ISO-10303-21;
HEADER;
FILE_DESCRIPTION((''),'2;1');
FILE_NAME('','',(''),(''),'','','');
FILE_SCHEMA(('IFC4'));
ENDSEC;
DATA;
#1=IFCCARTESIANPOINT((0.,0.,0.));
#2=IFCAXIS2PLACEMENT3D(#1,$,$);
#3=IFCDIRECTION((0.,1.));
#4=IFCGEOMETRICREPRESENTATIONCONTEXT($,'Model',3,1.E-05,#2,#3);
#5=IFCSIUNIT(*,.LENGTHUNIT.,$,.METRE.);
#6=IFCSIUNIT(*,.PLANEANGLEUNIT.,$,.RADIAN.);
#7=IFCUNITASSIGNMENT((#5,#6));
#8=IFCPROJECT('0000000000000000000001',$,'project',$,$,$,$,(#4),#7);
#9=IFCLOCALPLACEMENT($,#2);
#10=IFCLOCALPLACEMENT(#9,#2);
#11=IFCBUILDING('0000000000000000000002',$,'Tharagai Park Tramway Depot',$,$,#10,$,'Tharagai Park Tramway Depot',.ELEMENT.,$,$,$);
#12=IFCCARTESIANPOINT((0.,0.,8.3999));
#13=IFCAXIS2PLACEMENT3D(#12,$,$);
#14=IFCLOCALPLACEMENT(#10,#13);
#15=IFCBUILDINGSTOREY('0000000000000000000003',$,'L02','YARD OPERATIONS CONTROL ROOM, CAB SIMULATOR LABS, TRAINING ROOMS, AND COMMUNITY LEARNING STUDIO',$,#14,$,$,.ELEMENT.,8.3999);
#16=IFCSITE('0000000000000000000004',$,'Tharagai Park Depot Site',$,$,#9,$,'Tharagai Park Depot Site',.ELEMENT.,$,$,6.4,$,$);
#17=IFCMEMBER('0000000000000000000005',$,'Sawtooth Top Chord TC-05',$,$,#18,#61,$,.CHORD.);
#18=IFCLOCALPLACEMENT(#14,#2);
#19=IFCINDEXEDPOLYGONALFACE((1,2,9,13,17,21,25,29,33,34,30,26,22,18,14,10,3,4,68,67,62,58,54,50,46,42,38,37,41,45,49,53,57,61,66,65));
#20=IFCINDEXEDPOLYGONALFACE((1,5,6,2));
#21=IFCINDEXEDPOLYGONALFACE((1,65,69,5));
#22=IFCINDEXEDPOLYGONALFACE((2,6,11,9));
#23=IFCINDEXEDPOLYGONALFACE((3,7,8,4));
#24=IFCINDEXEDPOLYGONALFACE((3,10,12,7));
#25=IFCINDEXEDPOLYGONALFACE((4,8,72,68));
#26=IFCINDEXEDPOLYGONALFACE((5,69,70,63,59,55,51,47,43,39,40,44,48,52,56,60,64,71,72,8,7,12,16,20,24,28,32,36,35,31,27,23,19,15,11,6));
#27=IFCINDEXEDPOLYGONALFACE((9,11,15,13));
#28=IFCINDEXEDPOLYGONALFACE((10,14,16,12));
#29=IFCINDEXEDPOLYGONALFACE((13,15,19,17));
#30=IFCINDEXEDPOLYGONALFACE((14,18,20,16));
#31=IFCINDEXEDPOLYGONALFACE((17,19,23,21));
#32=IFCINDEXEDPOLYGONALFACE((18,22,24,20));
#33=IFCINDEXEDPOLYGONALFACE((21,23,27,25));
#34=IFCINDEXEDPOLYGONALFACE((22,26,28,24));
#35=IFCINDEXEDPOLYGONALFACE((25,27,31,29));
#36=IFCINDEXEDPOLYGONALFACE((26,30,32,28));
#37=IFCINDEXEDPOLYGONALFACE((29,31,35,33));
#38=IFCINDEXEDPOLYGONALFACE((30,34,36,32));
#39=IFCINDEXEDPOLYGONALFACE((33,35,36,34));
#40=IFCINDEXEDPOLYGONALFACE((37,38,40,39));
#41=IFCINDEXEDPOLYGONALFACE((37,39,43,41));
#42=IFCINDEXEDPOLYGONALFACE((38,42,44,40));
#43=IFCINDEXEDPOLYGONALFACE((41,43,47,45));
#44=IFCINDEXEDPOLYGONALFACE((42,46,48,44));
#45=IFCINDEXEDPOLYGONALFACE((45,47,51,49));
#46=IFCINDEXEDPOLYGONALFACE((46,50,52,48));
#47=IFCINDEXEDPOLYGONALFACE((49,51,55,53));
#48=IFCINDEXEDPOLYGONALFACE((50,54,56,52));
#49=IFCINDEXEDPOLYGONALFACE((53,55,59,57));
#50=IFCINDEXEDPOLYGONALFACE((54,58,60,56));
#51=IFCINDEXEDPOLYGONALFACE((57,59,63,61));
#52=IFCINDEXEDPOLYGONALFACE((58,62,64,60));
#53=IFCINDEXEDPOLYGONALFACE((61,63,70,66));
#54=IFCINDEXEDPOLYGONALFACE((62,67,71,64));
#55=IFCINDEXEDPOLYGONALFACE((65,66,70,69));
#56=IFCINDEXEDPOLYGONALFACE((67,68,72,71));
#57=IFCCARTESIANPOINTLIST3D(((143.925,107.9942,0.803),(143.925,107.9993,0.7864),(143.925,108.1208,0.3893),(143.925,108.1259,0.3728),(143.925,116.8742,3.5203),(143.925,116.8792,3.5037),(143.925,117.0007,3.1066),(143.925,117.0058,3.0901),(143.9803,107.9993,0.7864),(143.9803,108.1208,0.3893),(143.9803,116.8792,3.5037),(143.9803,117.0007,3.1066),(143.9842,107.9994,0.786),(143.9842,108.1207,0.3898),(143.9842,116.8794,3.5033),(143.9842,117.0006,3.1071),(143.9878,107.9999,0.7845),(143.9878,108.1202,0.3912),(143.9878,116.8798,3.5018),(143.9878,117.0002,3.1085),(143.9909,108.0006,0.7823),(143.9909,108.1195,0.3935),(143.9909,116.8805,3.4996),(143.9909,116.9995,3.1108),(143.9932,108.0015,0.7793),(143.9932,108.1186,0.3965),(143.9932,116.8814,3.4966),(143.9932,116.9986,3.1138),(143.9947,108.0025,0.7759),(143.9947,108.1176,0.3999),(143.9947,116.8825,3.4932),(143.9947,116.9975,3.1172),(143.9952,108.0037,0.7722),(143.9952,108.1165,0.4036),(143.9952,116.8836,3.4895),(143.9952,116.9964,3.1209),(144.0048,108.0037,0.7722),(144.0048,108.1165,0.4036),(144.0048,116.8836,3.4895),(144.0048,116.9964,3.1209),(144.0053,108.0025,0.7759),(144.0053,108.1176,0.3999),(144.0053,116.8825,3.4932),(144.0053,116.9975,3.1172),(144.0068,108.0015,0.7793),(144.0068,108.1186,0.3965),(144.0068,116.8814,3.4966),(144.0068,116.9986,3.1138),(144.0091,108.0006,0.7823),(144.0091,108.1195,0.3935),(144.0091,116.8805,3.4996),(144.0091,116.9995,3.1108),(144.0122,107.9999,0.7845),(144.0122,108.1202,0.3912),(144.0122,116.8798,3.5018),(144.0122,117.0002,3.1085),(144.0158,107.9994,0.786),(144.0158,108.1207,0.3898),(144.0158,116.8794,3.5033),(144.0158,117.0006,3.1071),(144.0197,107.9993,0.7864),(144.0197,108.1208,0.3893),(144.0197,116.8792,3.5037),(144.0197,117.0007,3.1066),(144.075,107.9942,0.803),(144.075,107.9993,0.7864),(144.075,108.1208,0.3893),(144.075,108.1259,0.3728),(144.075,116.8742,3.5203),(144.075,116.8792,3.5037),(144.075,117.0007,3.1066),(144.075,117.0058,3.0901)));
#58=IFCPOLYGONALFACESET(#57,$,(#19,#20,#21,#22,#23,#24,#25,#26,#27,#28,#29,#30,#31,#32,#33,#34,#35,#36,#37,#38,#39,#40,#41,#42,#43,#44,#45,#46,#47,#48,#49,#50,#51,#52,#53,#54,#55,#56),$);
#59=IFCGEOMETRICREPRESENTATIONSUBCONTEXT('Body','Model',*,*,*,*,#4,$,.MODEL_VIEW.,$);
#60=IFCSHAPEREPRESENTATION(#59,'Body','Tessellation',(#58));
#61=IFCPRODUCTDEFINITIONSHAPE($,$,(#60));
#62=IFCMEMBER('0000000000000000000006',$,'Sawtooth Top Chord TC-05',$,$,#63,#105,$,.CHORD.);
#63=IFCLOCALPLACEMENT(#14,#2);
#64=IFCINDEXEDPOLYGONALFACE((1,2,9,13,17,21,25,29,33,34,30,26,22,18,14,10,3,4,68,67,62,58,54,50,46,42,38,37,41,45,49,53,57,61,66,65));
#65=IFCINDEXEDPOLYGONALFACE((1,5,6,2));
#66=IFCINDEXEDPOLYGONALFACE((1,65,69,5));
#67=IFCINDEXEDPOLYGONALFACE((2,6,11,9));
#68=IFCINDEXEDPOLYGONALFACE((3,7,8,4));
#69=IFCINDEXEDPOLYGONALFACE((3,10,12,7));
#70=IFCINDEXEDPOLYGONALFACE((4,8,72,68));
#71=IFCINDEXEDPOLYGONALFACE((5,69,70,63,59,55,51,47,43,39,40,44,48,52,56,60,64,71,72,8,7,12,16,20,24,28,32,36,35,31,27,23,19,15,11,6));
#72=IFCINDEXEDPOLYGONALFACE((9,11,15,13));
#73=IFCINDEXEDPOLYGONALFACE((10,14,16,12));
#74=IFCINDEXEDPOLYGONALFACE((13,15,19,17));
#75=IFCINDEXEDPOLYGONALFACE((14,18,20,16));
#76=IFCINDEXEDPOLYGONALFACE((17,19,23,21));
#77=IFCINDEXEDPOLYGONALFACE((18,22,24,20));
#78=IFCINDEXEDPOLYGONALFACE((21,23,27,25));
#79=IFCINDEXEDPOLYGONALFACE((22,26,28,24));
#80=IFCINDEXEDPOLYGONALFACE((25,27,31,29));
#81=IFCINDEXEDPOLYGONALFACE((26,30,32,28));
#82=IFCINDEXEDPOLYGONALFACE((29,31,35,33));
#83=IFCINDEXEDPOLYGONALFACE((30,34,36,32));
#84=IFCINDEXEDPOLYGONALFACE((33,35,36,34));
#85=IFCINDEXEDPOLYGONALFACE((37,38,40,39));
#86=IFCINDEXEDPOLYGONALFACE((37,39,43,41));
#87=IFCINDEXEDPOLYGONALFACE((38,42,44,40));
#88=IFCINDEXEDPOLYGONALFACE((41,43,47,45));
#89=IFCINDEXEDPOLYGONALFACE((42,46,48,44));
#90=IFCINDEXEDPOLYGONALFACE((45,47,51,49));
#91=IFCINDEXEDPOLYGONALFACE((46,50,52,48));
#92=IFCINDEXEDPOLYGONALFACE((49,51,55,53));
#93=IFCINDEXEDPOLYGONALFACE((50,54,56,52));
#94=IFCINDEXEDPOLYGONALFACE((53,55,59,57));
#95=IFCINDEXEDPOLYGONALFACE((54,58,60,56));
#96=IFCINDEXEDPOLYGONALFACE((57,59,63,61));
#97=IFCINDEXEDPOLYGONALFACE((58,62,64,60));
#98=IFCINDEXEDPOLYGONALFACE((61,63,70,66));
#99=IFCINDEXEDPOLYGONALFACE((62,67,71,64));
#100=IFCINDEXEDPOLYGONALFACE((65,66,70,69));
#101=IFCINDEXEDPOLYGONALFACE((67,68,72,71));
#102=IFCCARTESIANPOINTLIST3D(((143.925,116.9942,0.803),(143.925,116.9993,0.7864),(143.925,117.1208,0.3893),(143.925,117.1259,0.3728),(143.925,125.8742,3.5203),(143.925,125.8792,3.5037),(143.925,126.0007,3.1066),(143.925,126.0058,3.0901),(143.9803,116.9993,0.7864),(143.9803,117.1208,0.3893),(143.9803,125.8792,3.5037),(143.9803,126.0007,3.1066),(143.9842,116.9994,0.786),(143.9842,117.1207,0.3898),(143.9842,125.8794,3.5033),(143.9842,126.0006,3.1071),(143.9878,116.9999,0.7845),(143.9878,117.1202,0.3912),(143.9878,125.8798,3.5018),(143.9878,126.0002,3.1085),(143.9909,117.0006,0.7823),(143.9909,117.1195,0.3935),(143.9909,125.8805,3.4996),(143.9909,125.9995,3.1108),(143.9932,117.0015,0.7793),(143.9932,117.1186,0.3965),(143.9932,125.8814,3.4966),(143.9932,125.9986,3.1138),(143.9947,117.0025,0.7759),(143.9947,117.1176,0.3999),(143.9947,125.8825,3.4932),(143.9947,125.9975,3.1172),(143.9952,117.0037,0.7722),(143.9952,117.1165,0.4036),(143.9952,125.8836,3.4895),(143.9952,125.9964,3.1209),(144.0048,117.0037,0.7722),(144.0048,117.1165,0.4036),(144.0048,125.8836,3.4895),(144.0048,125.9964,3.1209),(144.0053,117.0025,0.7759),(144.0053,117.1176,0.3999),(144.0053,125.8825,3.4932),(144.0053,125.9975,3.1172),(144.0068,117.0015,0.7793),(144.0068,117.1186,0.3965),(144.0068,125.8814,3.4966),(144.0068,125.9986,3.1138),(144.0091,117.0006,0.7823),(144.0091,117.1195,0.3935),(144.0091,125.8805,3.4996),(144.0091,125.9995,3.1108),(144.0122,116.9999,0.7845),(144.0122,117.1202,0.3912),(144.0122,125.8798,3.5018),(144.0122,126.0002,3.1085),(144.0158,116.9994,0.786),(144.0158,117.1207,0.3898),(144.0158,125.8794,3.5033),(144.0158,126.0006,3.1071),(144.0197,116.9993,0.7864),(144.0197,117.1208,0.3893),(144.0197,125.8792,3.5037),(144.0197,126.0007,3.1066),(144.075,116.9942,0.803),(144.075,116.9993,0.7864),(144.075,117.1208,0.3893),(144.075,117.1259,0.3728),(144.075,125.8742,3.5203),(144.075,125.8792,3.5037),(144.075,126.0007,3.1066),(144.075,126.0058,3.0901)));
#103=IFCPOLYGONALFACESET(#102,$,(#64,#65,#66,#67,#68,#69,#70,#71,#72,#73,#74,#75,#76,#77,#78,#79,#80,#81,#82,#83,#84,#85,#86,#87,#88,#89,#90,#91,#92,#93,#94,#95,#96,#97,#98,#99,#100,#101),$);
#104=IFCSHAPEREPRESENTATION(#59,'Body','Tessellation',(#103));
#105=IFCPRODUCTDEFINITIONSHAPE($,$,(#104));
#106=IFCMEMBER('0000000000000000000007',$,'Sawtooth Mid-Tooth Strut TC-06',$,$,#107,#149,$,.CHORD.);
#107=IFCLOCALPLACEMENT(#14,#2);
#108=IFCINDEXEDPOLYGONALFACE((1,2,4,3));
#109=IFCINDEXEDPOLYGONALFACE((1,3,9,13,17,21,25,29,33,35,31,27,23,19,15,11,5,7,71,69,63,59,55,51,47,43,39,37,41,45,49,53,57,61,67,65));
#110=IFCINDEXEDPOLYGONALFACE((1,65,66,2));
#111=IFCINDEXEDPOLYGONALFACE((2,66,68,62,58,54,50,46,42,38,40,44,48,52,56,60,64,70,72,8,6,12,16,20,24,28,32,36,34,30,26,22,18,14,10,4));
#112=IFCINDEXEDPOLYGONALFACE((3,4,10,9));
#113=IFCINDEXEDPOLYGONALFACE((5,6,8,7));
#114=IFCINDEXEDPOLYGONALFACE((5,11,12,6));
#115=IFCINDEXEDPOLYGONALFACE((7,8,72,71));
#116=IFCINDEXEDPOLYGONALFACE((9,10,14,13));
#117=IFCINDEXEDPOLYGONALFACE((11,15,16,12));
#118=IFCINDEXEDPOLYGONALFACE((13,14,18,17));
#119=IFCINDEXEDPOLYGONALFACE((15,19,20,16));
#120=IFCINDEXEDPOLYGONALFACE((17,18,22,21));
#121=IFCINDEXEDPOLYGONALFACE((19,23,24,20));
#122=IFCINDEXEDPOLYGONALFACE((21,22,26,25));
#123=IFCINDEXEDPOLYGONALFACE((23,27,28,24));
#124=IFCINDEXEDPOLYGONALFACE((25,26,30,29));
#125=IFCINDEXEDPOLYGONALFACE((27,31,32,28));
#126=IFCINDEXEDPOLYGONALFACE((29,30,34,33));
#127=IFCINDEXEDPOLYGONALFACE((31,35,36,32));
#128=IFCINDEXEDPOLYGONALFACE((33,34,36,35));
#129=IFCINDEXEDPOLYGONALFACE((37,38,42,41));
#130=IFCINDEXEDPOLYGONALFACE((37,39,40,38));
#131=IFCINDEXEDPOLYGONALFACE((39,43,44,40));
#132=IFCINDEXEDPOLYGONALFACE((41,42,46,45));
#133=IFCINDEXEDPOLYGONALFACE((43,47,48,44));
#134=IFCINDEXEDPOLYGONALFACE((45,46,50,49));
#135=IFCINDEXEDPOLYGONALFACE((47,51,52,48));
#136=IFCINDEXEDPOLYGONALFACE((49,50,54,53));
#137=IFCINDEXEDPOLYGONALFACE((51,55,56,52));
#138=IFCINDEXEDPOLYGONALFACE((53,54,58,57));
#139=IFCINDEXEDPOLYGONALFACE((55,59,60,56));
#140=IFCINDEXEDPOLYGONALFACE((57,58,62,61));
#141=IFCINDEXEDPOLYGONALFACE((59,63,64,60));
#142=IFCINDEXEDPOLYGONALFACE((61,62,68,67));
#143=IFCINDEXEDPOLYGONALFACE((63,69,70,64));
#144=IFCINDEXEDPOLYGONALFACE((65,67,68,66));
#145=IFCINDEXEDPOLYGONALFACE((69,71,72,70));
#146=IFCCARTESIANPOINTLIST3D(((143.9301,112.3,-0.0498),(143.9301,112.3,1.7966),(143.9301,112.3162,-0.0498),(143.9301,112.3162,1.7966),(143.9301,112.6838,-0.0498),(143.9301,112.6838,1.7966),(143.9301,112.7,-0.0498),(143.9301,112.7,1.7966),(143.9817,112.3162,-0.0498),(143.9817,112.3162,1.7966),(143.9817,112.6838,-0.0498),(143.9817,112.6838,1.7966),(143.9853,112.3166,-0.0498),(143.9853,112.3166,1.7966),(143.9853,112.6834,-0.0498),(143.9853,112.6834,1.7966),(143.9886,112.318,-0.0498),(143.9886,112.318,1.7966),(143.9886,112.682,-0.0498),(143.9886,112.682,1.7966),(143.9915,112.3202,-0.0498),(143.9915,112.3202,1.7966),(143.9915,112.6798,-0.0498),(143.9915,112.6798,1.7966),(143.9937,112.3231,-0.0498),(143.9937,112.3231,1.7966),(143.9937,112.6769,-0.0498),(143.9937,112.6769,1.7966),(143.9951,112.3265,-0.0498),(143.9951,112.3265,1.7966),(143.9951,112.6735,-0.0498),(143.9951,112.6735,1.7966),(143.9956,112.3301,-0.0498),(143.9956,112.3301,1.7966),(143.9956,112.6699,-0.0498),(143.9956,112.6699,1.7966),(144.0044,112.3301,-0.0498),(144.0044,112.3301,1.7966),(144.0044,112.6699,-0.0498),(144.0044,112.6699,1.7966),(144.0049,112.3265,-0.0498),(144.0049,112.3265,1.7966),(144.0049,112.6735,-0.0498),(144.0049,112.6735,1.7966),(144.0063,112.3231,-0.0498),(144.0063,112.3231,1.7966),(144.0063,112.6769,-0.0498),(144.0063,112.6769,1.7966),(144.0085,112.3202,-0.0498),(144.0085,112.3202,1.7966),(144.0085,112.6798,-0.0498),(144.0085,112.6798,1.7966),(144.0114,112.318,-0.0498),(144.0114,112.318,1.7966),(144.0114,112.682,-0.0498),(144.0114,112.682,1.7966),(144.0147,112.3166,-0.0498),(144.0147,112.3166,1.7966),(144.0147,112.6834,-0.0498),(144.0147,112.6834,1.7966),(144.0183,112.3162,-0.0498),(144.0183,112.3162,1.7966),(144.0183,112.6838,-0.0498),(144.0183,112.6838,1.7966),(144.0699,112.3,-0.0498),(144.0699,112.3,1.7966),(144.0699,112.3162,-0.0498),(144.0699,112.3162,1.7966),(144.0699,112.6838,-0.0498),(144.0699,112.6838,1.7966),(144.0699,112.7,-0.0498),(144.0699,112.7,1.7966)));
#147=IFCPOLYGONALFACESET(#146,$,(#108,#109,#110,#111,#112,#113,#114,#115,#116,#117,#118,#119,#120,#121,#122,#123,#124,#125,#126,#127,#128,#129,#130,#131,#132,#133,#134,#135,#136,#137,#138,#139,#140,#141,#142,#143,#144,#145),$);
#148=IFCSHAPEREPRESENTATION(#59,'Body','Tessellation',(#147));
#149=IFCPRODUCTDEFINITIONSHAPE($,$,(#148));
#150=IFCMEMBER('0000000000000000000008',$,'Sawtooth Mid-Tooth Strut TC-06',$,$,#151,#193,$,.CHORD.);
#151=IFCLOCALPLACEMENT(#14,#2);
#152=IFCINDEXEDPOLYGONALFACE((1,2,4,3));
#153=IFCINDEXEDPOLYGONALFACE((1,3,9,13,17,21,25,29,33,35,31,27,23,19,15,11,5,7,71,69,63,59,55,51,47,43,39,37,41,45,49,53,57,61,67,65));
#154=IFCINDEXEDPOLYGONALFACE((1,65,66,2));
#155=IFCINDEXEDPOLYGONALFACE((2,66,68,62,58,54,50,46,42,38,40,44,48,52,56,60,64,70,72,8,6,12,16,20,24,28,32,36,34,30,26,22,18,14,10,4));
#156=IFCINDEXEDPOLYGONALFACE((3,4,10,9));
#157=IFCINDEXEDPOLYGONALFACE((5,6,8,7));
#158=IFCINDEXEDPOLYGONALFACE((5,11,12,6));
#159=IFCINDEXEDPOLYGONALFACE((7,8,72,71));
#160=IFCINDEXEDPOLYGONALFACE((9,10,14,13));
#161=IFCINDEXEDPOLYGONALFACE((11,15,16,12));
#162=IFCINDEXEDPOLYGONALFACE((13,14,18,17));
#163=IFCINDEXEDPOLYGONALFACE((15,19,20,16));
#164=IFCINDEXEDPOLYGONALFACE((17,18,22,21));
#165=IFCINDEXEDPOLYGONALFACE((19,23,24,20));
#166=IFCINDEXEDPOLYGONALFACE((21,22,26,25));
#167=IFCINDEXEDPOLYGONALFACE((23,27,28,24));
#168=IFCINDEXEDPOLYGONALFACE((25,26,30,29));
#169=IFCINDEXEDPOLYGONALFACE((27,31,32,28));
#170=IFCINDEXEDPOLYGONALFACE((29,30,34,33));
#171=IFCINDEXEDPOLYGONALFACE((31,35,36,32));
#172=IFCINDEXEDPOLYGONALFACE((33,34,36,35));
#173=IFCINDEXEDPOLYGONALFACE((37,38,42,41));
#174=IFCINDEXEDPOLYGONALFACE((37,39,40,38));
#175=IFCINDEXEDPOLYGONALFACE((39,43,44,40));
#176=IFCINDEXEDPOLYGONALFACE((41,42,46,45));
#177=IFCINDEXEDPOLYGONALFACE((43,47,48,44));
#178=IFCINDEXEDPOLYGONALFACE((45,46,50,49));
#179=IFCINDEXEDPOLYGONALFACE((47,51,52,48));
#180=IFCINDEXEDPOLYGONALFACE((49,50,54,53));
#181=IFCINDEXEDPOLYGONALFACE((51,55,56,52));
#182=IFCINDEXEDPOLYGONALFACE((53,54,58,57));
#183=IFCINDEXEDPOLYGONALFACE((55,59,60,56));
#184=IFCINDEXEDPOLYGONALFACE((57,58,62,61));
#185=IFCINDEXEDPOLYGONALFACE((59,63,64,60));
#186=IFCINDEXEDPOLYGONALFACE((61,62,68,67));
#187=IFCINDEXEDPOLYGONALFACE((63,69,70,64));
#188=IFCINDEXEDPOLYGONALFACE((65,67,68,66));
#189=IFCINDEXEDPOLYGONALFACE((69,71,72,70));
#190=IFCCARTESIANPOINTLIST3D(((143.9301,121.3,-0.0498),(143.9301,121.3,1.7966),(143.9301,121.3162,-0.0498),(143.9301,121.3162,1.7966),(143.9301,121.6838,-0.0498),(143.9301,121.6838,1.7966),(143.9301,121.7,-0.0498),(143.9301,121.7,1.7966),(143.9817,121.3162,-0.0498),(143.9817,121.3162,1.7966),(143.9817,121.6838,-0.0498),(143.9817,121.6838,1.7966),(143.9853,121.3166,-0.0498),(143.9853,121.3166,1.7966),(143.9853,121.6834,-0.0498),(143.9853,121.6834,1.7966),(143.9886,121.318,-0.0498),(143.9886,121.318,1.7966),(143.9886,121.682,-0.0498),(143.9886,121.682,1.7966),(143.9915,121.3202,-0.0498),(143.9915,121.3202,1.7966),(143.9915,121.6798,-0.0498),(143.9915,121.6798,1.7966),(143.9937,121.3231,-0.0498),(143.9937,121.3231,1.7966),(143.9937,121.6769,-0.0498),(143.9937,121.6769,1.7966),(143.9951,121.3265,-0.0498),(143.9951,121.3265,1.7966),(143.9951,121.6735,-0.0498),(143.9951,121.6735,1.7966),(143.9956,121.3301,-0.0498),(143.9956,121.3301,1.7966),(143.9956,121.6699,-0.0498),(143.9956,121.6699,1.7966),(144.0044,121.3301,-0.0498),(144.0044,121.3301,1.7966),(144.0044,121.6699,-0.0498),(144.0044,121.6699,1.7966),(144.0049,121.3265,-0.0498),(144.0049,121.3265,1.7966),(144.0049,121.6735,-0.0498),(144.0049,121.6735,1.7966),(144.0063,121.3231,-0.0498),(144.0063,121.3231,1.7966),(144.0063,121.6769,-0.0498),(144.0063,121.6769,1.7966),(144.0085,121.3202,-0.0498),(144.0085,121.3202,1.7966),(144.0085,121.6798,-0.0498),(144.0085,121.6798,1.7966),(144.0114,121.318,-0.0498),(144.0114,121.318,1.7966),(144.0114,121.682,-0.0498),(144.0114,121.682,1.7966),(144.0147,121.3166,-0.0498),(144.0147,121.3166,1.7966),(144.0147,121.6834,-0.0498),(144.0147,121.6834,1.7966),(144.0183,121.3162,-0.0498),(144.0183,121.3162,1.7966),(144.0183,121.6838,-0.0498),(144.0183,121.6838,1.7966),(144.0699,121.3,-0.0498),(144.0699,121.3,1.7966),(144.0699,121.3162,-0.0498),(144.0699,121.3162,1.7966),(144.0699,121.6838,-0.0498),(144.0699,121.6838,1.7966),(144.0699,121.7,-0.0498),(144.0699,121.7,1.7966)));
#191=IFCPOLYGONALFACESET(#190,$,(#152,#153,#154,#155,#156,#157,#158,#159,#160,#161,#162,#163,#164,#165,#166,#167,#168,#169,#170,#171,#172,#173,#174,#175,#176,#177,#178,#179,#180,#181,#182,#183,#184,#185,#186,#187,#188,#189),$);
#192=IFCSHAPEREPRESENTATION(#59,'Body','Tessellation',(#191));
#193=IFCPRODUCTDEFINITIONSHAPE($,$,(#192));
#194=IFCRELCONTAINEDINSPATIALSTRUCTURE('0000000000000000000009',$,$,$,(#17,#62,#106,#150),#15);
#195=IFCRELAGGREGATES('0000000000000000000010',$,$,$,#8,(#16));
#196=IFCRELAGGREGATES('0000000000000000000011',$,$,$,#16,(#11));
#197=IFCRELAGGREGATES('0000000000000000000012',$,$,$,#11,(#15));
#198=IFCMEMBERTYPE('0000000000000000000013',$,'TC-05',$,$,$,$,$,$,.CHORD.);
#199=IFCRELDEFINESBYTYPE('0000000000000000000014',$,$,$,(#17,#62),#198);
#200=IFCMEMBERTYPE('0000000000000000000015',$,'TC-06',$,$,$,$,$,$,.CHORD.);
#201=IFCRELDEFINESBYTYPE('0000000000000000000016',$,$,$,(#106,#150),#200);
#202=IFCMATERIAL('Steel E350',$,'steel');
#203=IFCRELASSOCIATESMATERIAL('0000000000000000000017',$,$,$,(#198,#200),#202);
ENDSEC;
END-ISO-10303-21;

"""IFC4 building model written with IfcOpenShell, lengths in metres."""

from ifc_helpers import new_model, si_unit, direction, frame, origin, origin_2d, place, context, subcontext, project, spatial, i_section, extrude, material, material_profile, profile_set, type_object, element, save


model = new_model("IFC4")

# Units and contexts
model_context = context("Model", 3, precision=1e-05, world=origin(), true_north=direction((0.0, 1.0)))
body_context = subcontext(model_context, "Body", "Model", "MODEL_VIEW")
ifc_project = project(units=[si_unit("LENGTHUNIT", "METRE"), si_unit("PLANEANGLEUNIT", "RADIAN")], contexts=[model_context])

# Site, building, storey
site_placement = place(None, origin())
site = spatial("IfcSite", under=ifc_project, at=site_placement, Name="Tharagai Park Depot Site", LongName="Tharagai Park Depot Site", CompositionType="ELEMENT", RefElevation=6.4)
building_placement = place(site_placement, origin())
building = spatial("IfcBuilding", under=site, at=building_placement, Name="Tharagai Park Tramway Depot", LongName="Tharagai Park Tramway Depot", CompositionType="ELEMENT")
storey_placement = place(building_placement, frame((0.0, 0.0, 8.3999)))
storey = spatial("IfcBuildingStorey", under=building, at=storey_placement, Name="L02", Description="YARD OPERATIONS CONTROL ROOM, CAB SIMULATOR LABS, TRAINING ROOMS, AND COMMUNITY LEARNING STUDIO", CompositionType="ELEMENT", Elevation=8.3999)

# Shared definitions
ifc_material_1 = material(Name="Steel E350", Category="steel")

# Members
ifc_material_profile_1 = material_profile(ifc_material_1, i_section(OverallWidth=0.1499, OverallDepth=0.45, WebThickness=0.0095, FlangeThickness=0.0173, FilletRadius=0.0149, at=origin_2d()), Name="ISMB 450")
ifc_profile_set_1 = profile_set([ifc_material_profile_1], Name="Steel E350")
member_type_1 = type_object("IfcMemberType", Name="TC-05", PredefinedType="CHORD", material=ifc_profile_set_1)
for number, where, z_axis, x_axis, name in (
    (1, (144.0, 108.0601, 0.5879), (0.0, 0.956231, 0.292611), (-1.0, 0.0, 0.0), "Sawtooth Top Chord TC-05"),
    (2, (144.0, 117.0601, 0.5879), (0.0, 0.956231, 0.292611), (-1.0, 0.0, 0.0), "Sawtooth Top Chord TC-05"),
):
    element("IfcMember", number, at=place(storey_placement, frame(where, z_axis=z_axis, x_axis=x_axis)), inside=storey, type_object=member_type_1, Name=name, PredefinedType="CHORD", context=body_context, shape_type="SweptSolid", body=[
        extrude(i_section(OverallWidth=0.1499, OverallDepth=0.45, WebThickness=0.0095, FlangeThickness=0.0173, FilletRadius=0.0149, at=origin_2d()), origin(), (0.0, 0.0, 1.0), 9.2864),
    ])
ifc_material_profile_2 = material_profile(ifc_material_1, i_section(OverallWidth=0.1399, OverallDepth=0.3999, WebThickness=0.0088, FlangeThickness=0.0161, FilletRadius=0.0139, at=origin_2d()), Name="ISMB 400")
ifc_profile_set_2 = profile_set([ifc_material_profile_2], Name="Steel E350")
member_type_2 = type_object("IfcMemberType", Name="TC-06", PredefinedType="CHORD", material=ifc_profile_set_2)
for number, where, z_axis, x_axis, name in (
    (3, (144.0, 112.5, -0.0498), (0.0, 0.0, 1.0), (1.0, 0.0, 0.0), "Sawtooth Mid-Tooth Strut TC-06"),
    (4, (144.0, 121.5, -0.0498), (0.0, 0.0, 1.0), (1.0, 0.0, 0.0), "Sawtooth Mid-Tooth Strut TC-06"),
):
    element("IfcMember", number, at=place(storey_placement, frame(where, z_axis=z_axis, x_axis=x_axis)), inside=storey, type_object=member_type_2, Name=name, PredefinedType="CHORD", context=body_context, shape_type="SweptSolid", body=[
        extrude(i_section(OverallWidth=0.1399, OverallDepth=0.3999, WebThickness=0.0088, FlangeThickness=0.0161, FilletRadius=0.0139, at=origin_2d()), origin(), (0.0, 0.0, 1.0), 1.8464),
    ])

save(model, "model.ifc")
